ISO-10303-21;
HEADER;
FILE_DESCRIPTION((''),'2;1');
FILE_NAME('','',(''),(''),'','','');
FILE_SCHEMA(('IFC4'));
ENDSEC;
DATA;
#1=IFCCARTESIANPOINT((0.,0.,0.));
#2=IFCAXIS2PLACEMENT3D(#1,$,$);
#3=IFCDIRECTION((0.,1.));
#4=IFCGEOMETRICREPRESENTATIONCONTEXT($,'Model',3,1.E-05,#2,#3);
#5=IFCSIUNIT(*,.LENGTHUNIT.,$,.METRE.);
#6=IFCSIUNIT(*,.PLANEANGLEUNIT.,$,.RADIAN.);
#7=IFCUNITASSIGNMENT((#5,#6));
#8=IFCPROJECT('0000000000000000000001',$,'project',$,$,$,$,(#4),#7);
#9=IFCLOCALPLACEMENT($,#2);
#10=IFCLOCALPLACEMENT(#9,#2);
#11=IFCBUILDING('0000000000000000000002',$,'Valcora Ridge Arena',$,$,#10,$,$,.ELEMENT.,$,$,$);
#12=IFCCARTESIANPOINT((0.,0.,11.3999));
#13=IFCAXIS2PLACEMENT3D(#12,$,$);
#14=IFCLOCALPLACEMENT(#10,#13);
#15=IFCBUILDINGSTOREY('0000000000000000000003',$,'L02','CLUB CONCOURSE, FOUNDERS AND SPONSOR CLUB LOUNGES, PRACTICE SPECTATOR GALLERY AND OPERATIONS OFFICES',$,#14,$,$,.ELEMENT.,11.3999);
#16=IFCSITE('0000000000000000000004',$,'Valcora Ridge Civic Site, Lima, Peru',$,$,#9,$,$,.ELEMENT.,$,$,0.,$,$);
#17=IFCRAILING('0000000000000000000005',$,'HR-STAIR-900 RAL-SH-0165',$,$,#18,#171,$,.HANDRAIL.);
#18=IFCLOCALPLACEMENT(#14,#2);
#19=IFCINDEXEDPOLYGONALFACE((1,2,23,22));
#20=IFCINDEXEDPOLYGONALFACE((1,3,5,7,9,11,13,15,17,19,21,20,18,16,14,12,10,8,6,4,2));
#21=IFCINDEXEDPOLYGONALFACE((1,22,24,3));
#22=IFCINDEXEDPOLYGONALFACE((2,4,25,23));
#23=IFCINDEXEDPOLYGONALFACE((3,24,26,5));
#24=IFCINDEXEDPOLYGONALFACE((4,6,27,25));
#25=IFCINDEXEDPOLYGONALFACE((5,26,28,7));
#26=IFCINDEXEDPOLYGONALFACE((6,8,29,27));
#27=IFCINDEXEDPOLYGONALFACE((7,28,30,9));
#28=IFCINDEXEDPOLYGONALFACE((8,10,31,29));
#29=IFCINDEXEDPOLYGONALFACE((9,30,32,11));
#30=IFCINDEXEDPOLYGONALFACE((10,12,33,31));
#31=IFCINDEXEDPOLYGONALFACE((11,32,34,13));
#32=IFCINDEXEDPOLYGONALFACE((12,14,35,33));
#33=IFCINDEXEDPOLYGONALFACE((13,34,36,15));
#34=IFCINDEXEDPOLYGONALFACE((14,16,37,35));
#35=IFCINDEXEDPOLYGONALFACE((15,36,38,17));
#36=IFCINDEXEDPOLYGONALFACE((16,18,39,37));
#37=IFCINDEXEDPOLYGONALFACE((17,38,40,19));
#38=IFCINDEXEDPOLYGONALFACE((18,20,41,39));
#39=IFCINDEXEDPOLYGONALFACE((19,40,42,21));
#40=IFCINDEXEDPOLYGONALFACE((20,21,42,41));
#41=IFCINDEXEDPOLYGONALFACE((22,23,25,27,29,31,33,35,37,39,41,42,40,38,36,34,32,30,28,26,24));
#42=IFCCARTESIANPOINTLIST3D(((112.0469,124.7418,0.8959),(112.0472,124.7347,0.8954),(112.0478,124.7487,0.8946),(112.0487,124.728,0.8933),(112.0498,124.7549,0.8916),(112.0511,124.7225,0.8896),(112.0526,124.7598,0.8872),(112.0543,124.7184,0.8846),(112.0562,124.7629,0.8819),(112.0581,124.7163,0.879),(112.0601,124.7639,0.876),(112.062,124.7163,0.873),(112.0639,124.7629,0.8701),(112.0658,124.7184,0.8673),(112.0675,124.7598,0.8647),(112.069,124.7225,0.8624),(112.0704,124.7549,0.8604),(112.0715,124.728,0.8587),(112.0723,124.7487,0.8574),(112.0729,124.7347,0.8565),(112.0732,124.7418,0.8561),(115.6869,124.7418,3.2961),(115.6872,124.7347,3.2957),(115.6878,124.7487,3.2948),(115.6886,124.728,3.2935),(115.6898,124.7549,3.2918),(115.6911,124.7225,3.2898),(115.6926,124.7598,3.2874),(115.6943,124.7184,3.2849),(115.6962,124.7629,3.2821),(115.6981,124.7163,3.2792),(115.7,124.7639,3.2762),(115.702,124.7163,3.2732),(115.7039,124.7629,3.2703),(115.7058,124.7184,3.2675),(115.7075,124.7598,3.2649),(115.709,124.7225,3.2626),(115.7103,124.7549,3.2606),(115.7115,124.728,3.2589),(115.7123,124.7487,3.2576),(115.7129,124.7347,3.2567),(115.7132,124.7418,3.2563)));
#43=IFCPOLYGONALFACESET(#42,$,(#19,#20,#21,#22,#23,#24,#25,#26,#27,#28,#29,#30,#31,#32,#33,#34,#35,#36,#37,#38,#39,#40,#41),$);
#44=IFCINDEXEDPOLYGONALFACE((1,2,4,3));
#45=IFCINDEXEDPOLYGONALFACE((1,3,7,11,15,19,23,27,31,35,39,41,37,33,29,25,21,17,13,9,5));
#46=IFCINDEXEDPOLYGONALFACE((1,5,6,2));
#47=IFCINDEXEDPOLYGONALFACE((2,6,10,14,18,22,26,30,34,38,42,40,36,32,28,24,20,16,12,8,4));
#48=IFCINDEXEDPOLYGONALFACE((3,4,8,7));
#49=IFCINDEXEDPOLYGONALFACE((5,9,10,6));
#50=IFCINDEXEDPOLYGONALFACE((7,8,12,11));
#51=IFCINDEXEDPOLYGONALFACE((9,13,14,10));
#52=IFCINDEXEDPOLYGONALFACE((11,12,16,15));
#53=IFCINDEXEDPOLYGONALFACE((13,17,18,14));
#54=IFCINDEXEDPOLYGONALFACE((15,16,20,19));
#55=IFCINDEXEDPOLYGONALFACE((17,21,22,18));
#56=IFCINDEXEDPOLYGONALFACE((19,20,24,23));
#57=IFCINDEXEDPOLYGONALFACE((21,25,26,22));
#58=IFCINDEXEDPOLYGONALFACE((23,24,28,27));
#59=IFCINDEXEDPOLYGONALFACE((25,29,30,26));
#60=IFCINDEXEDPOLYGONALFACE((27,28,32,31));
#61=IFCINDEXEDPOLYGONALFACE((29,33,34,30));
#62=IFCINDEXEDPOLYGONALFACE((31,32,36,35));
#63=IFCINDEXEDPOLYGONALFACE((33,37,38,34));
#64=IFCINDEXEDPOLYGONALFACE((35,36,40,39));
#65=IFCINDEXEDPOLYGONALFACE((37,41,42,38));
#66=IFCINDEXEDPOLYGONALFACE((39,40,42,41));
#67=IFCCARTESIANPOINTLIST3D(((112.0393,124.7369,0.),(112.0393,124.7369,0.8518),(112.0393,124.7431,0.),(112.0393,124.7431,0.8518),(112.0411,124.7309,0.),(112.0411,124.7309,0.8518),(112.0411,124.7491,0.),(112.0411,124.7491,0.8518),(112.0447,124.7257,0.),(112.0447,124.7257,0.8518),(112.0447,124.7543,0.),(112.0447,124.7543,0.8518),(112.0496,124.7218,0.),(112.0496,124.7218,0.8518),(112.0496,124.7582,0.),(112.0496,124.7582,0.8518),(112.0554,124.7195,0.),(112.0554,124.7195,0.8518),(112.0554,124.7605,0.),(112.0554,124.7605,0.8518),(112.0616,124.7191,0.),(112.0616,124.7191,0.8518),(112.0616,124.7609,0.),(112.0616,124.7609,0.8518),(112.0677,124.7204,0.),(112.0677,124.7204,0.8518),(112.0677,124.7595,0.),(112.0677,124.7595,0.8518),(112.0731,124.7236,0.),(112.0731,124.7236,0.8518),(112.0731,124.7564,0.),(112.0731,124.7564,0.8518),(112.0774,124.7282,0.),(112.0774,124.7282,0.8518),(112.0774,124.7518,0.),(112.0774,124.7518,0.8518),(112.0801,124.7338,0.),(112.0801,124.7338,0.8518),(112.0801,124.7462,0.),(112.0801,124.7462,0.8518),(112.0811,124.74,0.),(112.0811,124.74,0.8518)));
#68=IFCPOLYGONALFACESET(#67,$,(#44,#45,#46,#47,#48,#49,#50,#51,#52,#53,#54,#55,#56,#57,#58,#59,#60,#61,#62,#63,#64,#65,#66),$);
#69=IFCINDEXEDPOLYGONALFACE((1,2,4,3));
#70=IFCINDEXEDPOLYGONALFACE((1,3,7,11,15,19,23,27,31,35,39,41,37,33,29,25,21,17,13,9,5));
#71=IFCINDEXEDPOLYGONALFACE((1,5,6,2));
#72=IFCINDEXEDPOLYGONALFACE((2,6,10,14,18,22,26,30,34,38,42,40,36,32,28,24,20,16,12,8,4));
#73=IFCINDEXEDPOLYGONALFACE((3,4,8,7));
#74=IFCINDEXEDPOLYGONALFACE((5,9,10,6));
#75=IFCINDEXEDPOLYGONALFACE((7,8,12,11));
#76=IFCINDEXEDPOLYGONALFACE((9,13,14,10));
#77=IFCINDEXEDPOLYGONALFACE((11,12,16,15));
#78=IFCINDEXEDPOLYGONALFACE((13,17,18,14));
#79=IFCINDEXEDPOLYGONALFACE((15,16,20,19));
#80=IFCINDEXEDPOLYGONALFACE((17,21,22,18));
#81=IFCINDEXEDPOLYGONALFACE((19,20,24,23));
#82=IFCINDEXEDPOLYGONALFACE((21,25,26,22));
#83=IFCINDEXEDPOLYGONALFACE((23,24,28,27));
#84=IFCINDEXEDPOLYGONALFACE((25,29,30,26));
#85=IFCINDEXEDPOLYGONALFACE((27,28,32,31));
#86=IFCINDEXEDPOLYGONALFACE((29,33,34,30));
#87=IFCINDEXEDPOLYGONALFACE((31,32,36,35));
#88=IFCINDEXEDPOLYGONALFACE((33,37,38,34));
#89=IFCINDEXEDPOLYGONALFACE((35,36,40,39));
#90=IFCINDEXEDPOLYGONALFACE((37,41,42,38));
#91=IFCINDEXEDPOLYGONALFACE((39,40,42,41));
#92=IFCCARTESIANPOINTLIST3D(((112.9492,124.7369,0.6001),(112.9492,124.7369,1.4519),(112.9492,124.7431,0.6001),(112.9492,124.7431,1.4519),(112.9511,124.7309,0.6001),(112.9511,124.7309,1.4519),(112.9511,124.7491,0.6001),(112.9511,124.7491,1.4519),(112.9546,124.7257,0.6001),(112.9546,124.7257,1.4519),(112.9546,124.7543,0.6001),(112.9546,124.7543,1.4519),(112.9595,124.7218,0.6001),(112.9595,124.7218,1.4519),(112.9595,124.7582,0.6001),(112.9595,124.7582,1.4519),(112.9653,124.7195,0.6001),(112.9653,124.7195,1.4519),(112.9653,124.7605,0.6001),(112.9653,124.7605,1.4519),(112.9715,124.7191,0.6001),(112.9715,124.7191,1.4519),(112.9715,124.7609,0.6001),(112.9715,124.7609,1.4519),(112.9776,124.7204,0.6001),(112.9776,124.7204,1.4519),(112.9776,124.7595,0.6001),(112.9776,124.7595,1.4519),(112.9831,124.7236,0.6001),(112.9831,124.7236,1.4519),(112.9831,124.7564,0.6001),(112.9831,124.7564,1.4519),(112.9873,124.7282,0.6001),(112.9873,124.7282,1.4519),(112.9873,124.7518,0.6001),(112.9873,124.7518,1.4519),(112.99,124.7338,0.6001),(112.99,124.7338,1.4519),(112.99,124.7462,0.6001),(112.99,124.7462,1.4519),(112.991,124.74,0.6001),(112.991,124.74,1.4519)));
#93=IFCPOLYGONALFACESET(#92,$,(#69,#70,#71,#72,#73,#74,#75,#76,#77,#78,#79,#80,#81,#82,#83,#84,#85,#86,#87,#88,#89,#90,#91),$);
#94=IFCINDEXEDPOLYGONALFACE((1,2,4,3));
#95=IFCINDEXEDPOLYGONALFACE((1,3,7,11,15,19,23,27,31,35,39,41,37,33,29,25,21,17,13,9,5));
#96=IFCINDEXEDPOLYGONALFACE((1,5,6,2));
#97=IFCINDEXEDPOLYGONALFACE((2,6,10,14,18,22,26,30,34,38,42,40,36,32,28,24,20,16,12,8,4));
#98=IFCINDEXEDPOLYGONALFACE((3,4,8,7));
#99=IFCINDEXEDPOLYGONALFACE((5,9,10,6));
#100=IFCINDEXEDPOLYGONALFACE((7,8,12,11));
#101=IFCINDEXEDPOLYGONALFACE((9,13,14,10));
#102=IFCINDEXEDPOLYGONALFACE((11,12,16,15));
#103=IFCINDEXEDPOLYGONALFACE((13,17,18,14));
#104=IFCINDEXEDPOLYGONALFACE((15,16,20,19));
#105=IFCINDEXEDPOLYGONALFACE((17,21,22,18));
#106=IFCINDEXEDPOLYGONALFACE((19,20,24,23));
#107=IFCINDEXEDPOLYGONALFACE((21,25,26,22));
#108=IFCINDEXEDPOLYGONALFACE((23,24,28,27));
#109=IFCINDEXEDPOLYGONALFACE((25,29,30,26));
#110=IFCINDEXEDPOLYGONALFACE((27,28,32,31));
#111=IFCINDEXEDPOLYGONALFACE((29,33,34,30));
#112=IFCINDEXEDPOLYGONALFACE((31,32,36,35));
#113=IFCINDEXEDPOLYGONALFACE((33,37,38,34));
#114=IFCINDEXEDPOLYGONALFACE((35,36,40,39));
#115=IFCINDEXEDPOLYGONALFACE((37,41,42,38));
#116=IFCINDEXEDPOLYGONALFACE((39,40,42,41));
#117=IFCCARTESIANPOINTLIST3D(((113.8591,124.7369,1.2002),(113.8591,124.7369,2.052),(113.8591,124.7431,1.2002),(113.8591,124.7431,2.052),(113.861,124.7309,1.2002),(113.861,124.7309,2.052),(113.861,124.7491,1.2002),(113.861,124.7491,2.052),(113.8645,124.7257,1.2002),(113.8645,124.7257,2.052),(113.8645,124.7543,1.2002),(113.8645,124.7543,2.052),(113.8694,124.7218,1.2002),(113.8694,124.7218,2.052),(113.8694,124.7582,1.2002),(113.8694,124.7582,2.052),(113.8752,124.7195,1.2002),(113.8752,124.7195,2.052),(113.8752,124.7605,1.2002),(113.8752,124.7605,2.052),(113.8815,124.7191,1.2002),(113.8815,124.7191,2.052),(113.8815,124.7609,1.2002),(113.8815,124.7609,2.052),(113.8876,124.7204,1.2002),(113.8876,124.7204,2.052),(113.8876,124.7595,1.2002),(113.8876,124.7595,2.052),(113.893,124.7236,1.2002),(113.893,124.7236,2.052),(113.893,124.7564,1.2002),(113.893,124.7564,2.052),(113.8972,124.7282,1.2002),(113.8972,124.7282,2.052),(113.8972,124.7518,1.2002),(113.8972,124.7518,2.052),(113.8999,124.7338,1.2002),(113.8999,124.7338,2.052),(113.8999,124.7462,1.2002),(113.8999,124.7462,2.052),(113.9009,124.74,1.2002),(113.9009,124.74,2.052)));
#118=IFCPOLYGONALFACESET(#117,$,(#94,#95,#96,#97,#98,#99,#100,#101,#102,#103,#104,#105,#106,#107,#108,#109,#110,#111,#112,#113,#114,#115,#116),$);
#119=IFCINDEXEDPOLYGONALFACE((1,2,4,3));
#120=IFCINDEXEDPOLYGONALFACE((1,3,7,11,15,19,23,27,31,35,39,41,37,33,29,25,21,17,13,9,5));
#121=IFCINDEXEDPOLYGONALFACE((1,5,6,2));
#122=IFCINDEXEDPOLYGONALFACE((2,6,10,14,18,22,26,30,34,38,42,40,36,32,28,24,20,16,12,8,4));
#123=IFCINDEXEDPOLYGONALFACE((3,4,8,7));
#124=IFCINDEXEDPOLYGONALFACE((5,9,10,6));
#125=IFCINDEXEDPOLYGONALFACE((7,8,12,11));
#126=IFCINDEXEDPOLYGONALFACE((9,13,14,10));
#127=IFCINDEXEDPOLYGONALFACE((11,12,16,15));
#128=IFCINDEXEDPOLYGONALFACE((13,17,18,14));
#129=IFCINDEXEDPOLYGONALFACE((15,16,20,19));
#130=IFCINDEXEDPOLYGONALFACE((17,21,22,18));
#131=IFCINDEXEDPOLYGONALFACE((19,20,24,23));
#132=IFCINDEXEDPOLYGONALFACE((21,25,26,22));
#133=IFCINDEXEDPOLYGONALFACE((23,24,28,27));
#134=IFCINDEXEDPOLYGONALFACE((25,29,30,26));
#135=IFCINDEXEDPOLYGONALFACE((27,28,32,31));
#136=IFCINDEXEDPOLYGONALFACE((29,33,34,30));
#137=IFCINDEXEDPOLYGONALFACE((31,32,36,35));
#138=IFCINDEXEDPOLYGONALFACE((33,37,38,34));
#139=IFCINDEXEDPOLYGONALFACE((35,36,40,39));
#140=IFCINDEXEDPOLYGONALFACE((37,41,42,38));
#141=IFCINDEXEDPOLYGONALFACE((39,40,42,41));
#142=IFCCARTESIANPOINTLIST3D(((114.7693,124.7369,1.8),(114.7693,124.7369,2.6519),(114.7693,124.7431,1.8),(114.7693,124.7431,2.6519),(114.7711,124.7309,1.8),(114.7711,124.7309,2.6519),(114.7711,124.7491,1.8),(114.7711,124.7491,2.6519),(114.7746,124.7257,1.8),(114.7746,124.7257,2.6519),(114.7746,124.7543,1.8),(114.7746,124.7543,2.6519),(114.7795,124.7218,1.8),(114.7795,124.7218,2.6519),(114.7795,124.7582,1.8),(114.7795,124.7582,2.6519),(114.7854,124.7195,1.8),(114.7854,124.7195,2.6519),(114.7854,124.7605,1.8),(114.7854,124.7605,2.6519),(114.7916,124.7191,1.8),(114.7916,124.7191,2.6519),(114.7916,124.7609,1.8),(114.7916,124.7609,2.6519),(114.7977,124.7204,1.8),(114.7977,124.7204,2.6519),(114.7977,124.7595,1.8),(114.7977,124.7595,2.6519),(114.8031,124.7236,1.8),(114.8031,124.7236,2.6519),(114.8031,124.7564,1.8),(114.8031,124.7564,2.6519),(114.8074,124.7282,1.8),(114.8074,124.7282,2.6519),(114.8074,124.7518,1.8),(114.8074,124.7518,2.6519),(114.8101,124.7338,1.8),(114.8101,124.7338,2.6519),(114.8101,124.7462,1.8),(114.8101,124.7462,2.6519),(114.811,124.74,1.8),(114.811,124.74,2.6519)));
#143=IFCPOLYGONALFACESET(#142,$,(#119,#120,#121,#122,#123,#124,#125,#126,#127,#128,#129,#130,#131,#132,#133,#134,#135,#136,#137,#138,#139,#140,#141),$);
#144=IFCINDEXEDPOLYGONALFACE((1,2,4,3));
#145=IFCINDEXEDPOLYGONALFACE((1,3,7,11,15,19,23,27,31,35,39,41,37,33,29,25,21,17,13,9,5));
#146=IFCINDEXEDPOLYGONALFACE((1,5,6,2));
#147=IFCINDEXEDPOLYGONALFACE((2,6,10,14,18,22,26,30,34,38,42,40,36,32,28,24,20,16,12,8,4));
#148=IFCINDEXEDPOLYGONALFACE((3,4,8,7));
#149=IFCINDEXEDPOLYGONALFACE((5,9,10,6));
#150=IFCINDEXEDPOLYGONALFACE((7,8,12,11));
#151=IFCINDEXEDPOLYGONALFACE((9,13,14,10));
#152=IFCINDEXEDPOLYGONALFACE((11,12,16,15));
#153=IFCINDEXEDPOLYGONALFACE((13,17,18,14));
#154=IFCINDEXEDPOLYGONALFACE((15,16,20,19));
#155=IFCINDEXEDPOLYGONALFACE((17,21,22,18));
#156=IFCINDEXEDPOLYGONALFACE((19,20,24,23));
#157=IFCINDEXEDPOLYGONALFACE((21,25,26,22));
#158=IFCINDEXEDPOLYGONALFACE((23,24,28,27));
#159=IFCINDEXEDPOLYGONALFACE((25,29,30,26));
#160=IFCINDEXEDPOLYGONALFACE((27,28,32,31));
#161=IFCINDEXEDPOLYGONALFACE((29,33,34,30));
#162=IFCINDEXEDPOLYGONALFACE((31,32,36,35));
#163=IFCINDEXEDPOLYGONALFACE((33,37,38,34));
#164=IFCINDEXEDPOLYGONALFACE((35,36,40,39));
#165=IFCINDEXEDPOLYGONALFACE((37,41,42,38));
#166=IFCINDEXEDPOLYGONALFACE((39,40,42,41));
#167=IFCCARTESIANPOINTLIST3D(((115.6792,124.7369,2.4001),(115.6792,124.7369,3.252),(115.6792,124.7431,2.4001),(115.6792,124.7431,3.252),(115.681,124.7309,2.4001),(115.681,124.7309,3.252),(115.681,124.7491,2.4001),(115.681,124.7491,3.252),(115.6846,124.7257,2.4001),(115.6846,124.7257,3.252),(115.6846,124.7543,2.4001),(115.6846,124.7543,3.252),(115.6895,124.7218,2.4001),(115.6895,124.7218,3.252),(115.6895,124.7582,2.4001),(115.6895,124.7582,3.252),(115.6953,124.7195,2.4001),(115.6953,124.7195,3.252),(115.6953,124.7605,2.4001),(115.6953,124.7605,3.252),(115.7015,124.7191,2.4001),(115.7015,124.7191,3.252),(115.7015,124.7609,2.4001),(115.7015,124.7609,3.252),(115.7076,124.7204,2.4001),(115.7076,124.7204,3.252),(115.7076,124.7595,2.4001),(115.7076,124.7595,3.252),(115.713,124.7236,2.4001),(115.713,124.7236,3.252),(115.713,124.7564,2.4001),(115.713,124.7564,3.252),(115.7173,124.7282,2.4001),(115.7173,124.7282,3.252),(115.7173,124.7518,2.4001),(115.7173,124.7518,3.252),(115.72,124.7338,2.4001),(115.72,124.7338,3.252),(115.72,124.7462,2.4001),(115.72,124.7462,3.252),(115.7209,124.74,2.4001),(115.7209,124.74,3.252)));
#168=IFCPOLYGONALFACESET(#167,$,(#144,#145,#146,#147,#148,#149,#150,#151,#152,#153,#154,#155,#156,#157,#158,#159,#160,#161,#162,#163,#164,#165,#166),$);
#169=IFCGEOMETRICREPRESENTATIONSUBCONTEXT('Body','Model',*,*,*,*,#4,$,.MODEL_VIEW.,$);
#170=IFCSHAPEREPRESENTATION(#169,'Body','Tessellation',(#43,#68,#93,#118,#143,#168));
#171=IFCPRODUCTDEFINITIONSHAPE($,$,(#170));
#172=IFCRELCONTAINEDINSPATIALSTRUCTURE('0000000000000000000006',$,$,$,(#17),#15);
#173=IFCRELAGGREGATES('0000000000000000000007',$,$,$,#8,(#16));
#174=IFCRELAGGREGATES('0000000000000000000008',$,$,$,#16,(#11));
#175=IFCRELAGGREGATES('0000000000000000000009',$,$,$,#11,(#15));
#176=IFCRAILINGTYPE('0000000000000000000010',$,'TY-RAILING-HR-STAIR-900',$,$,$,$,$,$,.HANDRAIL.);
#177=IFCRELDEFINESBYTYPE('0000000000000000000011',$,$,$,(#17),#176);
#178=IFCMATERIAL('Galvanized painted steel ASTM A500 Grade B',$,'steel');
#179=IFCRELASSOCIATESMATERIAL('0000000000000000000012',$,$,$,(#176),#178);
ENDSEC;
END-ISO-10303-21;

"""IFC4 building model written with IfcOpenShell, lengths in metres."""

from ifc_helpers import new_model, si_unit, direction, frame, origin, origin_2d, place, context, subcontext, project, spatial, circle, extrude, material, type_object, element, save


model = new_model("IFC4")

# Units and contexts
model_context = context("Model", 3, precision=1e-05, world=origin(), true_north=direction((0.0, 1.0)))
body_context = subcontext(model_context, "Body", "Model", "MODEL_VIEW")
ifc_project = project(units=[si_unit("LENGTHUNIT", "METRE"), si_unit("PLANEANGLEUNIT", "RADIAN")], contexts=[model_context])

# Site, building, storey
site_placement = place(None, origin())
site = spatial("IfcSite", under=ifc_project, at=site_placement, Name="Valcora Ridge Civic Site, Lima, Peru", CompositionType="ELEMENT", RefElevation=0.0)
building_placement = place(site_placement, origin())
building = spatial("IfcBuilding", under=site, at=building_placement, Name="Valcora Ridge Arena", CompositionType="ELEMENT")
storey_placement = place(building_placement, frame((0.0, 0.0, 11.3999)))
storey = spatial("IfcBuildingStorey", under=building, at=storey_placement, Name="L02", Description="CLUB CONCOURSE, FOUNDERS AND SPONSOR CLUB LOUNGES, PRACTICE SPECTATOR GALLERY AND OPERATIONS OFFICES", CompositionType="ELEMENT", Elevation=11.3999)

# Railing
ifc_material_1 = material(Name="Galvanized painted steel ASTM A500 Grade B", Category="steel")
railing_type_1 = type_object("IfcRailingType", Name="TY-RAILING-HR-STAIR-900", PredefinedType="HANDRAIL", material=ifc_material_1)
railing_1_placement = place(storey_placement, frame((112.0601, 124.74, 0.0)))
element("IfcRailing", 1, at=railing_1_placement, inside=storey, type_object=railing_type_1, Name="HR-STAIR-900 RAL-SH-0165", PredefinedType="HANDRAIL", context=body_context, shape_type="SweptSolid", body=[
    extrude(circle(Radius=0.0239, at=origin_2d()), frame((0.0, 0.0, 0.876), z_axis=(0.834839, 0.0, 0.550493), x_axis=(0.0, 1.0, 0.0)), (0.0, 0.0, 1.0), 4.3601),
    extrude(circle(Radius=0.021, at=origin_2d()), origin(), (0.0, 0.0, 1.0), 0.8518),
    extrude(circle(Radius=0.021, at=origin_2d()), frame((0.9099, 0.0, 0.6001)), (0.0, 0.0, 1.0), 0.8518),
    extrude(circle(Radius=0.021, at=origin_2d()), frame((1.8198, 0.0, 1.2002)), (0.0, 0.0, 1.0), 0.8518),
    extrude(circle(Radius=0.021, at=origin_2d()), frame((2.73, 0.0, 1.8)), (0.0, 0.0, 1.0), 0.8518),
    extrude(circle(Radius=0.021, at=origin_2d()), frame((3.6399, 0.0, 2.4001)), (0.0, 0.0, 1.0), 0.8518),
])

save(model, "model.ifc")
